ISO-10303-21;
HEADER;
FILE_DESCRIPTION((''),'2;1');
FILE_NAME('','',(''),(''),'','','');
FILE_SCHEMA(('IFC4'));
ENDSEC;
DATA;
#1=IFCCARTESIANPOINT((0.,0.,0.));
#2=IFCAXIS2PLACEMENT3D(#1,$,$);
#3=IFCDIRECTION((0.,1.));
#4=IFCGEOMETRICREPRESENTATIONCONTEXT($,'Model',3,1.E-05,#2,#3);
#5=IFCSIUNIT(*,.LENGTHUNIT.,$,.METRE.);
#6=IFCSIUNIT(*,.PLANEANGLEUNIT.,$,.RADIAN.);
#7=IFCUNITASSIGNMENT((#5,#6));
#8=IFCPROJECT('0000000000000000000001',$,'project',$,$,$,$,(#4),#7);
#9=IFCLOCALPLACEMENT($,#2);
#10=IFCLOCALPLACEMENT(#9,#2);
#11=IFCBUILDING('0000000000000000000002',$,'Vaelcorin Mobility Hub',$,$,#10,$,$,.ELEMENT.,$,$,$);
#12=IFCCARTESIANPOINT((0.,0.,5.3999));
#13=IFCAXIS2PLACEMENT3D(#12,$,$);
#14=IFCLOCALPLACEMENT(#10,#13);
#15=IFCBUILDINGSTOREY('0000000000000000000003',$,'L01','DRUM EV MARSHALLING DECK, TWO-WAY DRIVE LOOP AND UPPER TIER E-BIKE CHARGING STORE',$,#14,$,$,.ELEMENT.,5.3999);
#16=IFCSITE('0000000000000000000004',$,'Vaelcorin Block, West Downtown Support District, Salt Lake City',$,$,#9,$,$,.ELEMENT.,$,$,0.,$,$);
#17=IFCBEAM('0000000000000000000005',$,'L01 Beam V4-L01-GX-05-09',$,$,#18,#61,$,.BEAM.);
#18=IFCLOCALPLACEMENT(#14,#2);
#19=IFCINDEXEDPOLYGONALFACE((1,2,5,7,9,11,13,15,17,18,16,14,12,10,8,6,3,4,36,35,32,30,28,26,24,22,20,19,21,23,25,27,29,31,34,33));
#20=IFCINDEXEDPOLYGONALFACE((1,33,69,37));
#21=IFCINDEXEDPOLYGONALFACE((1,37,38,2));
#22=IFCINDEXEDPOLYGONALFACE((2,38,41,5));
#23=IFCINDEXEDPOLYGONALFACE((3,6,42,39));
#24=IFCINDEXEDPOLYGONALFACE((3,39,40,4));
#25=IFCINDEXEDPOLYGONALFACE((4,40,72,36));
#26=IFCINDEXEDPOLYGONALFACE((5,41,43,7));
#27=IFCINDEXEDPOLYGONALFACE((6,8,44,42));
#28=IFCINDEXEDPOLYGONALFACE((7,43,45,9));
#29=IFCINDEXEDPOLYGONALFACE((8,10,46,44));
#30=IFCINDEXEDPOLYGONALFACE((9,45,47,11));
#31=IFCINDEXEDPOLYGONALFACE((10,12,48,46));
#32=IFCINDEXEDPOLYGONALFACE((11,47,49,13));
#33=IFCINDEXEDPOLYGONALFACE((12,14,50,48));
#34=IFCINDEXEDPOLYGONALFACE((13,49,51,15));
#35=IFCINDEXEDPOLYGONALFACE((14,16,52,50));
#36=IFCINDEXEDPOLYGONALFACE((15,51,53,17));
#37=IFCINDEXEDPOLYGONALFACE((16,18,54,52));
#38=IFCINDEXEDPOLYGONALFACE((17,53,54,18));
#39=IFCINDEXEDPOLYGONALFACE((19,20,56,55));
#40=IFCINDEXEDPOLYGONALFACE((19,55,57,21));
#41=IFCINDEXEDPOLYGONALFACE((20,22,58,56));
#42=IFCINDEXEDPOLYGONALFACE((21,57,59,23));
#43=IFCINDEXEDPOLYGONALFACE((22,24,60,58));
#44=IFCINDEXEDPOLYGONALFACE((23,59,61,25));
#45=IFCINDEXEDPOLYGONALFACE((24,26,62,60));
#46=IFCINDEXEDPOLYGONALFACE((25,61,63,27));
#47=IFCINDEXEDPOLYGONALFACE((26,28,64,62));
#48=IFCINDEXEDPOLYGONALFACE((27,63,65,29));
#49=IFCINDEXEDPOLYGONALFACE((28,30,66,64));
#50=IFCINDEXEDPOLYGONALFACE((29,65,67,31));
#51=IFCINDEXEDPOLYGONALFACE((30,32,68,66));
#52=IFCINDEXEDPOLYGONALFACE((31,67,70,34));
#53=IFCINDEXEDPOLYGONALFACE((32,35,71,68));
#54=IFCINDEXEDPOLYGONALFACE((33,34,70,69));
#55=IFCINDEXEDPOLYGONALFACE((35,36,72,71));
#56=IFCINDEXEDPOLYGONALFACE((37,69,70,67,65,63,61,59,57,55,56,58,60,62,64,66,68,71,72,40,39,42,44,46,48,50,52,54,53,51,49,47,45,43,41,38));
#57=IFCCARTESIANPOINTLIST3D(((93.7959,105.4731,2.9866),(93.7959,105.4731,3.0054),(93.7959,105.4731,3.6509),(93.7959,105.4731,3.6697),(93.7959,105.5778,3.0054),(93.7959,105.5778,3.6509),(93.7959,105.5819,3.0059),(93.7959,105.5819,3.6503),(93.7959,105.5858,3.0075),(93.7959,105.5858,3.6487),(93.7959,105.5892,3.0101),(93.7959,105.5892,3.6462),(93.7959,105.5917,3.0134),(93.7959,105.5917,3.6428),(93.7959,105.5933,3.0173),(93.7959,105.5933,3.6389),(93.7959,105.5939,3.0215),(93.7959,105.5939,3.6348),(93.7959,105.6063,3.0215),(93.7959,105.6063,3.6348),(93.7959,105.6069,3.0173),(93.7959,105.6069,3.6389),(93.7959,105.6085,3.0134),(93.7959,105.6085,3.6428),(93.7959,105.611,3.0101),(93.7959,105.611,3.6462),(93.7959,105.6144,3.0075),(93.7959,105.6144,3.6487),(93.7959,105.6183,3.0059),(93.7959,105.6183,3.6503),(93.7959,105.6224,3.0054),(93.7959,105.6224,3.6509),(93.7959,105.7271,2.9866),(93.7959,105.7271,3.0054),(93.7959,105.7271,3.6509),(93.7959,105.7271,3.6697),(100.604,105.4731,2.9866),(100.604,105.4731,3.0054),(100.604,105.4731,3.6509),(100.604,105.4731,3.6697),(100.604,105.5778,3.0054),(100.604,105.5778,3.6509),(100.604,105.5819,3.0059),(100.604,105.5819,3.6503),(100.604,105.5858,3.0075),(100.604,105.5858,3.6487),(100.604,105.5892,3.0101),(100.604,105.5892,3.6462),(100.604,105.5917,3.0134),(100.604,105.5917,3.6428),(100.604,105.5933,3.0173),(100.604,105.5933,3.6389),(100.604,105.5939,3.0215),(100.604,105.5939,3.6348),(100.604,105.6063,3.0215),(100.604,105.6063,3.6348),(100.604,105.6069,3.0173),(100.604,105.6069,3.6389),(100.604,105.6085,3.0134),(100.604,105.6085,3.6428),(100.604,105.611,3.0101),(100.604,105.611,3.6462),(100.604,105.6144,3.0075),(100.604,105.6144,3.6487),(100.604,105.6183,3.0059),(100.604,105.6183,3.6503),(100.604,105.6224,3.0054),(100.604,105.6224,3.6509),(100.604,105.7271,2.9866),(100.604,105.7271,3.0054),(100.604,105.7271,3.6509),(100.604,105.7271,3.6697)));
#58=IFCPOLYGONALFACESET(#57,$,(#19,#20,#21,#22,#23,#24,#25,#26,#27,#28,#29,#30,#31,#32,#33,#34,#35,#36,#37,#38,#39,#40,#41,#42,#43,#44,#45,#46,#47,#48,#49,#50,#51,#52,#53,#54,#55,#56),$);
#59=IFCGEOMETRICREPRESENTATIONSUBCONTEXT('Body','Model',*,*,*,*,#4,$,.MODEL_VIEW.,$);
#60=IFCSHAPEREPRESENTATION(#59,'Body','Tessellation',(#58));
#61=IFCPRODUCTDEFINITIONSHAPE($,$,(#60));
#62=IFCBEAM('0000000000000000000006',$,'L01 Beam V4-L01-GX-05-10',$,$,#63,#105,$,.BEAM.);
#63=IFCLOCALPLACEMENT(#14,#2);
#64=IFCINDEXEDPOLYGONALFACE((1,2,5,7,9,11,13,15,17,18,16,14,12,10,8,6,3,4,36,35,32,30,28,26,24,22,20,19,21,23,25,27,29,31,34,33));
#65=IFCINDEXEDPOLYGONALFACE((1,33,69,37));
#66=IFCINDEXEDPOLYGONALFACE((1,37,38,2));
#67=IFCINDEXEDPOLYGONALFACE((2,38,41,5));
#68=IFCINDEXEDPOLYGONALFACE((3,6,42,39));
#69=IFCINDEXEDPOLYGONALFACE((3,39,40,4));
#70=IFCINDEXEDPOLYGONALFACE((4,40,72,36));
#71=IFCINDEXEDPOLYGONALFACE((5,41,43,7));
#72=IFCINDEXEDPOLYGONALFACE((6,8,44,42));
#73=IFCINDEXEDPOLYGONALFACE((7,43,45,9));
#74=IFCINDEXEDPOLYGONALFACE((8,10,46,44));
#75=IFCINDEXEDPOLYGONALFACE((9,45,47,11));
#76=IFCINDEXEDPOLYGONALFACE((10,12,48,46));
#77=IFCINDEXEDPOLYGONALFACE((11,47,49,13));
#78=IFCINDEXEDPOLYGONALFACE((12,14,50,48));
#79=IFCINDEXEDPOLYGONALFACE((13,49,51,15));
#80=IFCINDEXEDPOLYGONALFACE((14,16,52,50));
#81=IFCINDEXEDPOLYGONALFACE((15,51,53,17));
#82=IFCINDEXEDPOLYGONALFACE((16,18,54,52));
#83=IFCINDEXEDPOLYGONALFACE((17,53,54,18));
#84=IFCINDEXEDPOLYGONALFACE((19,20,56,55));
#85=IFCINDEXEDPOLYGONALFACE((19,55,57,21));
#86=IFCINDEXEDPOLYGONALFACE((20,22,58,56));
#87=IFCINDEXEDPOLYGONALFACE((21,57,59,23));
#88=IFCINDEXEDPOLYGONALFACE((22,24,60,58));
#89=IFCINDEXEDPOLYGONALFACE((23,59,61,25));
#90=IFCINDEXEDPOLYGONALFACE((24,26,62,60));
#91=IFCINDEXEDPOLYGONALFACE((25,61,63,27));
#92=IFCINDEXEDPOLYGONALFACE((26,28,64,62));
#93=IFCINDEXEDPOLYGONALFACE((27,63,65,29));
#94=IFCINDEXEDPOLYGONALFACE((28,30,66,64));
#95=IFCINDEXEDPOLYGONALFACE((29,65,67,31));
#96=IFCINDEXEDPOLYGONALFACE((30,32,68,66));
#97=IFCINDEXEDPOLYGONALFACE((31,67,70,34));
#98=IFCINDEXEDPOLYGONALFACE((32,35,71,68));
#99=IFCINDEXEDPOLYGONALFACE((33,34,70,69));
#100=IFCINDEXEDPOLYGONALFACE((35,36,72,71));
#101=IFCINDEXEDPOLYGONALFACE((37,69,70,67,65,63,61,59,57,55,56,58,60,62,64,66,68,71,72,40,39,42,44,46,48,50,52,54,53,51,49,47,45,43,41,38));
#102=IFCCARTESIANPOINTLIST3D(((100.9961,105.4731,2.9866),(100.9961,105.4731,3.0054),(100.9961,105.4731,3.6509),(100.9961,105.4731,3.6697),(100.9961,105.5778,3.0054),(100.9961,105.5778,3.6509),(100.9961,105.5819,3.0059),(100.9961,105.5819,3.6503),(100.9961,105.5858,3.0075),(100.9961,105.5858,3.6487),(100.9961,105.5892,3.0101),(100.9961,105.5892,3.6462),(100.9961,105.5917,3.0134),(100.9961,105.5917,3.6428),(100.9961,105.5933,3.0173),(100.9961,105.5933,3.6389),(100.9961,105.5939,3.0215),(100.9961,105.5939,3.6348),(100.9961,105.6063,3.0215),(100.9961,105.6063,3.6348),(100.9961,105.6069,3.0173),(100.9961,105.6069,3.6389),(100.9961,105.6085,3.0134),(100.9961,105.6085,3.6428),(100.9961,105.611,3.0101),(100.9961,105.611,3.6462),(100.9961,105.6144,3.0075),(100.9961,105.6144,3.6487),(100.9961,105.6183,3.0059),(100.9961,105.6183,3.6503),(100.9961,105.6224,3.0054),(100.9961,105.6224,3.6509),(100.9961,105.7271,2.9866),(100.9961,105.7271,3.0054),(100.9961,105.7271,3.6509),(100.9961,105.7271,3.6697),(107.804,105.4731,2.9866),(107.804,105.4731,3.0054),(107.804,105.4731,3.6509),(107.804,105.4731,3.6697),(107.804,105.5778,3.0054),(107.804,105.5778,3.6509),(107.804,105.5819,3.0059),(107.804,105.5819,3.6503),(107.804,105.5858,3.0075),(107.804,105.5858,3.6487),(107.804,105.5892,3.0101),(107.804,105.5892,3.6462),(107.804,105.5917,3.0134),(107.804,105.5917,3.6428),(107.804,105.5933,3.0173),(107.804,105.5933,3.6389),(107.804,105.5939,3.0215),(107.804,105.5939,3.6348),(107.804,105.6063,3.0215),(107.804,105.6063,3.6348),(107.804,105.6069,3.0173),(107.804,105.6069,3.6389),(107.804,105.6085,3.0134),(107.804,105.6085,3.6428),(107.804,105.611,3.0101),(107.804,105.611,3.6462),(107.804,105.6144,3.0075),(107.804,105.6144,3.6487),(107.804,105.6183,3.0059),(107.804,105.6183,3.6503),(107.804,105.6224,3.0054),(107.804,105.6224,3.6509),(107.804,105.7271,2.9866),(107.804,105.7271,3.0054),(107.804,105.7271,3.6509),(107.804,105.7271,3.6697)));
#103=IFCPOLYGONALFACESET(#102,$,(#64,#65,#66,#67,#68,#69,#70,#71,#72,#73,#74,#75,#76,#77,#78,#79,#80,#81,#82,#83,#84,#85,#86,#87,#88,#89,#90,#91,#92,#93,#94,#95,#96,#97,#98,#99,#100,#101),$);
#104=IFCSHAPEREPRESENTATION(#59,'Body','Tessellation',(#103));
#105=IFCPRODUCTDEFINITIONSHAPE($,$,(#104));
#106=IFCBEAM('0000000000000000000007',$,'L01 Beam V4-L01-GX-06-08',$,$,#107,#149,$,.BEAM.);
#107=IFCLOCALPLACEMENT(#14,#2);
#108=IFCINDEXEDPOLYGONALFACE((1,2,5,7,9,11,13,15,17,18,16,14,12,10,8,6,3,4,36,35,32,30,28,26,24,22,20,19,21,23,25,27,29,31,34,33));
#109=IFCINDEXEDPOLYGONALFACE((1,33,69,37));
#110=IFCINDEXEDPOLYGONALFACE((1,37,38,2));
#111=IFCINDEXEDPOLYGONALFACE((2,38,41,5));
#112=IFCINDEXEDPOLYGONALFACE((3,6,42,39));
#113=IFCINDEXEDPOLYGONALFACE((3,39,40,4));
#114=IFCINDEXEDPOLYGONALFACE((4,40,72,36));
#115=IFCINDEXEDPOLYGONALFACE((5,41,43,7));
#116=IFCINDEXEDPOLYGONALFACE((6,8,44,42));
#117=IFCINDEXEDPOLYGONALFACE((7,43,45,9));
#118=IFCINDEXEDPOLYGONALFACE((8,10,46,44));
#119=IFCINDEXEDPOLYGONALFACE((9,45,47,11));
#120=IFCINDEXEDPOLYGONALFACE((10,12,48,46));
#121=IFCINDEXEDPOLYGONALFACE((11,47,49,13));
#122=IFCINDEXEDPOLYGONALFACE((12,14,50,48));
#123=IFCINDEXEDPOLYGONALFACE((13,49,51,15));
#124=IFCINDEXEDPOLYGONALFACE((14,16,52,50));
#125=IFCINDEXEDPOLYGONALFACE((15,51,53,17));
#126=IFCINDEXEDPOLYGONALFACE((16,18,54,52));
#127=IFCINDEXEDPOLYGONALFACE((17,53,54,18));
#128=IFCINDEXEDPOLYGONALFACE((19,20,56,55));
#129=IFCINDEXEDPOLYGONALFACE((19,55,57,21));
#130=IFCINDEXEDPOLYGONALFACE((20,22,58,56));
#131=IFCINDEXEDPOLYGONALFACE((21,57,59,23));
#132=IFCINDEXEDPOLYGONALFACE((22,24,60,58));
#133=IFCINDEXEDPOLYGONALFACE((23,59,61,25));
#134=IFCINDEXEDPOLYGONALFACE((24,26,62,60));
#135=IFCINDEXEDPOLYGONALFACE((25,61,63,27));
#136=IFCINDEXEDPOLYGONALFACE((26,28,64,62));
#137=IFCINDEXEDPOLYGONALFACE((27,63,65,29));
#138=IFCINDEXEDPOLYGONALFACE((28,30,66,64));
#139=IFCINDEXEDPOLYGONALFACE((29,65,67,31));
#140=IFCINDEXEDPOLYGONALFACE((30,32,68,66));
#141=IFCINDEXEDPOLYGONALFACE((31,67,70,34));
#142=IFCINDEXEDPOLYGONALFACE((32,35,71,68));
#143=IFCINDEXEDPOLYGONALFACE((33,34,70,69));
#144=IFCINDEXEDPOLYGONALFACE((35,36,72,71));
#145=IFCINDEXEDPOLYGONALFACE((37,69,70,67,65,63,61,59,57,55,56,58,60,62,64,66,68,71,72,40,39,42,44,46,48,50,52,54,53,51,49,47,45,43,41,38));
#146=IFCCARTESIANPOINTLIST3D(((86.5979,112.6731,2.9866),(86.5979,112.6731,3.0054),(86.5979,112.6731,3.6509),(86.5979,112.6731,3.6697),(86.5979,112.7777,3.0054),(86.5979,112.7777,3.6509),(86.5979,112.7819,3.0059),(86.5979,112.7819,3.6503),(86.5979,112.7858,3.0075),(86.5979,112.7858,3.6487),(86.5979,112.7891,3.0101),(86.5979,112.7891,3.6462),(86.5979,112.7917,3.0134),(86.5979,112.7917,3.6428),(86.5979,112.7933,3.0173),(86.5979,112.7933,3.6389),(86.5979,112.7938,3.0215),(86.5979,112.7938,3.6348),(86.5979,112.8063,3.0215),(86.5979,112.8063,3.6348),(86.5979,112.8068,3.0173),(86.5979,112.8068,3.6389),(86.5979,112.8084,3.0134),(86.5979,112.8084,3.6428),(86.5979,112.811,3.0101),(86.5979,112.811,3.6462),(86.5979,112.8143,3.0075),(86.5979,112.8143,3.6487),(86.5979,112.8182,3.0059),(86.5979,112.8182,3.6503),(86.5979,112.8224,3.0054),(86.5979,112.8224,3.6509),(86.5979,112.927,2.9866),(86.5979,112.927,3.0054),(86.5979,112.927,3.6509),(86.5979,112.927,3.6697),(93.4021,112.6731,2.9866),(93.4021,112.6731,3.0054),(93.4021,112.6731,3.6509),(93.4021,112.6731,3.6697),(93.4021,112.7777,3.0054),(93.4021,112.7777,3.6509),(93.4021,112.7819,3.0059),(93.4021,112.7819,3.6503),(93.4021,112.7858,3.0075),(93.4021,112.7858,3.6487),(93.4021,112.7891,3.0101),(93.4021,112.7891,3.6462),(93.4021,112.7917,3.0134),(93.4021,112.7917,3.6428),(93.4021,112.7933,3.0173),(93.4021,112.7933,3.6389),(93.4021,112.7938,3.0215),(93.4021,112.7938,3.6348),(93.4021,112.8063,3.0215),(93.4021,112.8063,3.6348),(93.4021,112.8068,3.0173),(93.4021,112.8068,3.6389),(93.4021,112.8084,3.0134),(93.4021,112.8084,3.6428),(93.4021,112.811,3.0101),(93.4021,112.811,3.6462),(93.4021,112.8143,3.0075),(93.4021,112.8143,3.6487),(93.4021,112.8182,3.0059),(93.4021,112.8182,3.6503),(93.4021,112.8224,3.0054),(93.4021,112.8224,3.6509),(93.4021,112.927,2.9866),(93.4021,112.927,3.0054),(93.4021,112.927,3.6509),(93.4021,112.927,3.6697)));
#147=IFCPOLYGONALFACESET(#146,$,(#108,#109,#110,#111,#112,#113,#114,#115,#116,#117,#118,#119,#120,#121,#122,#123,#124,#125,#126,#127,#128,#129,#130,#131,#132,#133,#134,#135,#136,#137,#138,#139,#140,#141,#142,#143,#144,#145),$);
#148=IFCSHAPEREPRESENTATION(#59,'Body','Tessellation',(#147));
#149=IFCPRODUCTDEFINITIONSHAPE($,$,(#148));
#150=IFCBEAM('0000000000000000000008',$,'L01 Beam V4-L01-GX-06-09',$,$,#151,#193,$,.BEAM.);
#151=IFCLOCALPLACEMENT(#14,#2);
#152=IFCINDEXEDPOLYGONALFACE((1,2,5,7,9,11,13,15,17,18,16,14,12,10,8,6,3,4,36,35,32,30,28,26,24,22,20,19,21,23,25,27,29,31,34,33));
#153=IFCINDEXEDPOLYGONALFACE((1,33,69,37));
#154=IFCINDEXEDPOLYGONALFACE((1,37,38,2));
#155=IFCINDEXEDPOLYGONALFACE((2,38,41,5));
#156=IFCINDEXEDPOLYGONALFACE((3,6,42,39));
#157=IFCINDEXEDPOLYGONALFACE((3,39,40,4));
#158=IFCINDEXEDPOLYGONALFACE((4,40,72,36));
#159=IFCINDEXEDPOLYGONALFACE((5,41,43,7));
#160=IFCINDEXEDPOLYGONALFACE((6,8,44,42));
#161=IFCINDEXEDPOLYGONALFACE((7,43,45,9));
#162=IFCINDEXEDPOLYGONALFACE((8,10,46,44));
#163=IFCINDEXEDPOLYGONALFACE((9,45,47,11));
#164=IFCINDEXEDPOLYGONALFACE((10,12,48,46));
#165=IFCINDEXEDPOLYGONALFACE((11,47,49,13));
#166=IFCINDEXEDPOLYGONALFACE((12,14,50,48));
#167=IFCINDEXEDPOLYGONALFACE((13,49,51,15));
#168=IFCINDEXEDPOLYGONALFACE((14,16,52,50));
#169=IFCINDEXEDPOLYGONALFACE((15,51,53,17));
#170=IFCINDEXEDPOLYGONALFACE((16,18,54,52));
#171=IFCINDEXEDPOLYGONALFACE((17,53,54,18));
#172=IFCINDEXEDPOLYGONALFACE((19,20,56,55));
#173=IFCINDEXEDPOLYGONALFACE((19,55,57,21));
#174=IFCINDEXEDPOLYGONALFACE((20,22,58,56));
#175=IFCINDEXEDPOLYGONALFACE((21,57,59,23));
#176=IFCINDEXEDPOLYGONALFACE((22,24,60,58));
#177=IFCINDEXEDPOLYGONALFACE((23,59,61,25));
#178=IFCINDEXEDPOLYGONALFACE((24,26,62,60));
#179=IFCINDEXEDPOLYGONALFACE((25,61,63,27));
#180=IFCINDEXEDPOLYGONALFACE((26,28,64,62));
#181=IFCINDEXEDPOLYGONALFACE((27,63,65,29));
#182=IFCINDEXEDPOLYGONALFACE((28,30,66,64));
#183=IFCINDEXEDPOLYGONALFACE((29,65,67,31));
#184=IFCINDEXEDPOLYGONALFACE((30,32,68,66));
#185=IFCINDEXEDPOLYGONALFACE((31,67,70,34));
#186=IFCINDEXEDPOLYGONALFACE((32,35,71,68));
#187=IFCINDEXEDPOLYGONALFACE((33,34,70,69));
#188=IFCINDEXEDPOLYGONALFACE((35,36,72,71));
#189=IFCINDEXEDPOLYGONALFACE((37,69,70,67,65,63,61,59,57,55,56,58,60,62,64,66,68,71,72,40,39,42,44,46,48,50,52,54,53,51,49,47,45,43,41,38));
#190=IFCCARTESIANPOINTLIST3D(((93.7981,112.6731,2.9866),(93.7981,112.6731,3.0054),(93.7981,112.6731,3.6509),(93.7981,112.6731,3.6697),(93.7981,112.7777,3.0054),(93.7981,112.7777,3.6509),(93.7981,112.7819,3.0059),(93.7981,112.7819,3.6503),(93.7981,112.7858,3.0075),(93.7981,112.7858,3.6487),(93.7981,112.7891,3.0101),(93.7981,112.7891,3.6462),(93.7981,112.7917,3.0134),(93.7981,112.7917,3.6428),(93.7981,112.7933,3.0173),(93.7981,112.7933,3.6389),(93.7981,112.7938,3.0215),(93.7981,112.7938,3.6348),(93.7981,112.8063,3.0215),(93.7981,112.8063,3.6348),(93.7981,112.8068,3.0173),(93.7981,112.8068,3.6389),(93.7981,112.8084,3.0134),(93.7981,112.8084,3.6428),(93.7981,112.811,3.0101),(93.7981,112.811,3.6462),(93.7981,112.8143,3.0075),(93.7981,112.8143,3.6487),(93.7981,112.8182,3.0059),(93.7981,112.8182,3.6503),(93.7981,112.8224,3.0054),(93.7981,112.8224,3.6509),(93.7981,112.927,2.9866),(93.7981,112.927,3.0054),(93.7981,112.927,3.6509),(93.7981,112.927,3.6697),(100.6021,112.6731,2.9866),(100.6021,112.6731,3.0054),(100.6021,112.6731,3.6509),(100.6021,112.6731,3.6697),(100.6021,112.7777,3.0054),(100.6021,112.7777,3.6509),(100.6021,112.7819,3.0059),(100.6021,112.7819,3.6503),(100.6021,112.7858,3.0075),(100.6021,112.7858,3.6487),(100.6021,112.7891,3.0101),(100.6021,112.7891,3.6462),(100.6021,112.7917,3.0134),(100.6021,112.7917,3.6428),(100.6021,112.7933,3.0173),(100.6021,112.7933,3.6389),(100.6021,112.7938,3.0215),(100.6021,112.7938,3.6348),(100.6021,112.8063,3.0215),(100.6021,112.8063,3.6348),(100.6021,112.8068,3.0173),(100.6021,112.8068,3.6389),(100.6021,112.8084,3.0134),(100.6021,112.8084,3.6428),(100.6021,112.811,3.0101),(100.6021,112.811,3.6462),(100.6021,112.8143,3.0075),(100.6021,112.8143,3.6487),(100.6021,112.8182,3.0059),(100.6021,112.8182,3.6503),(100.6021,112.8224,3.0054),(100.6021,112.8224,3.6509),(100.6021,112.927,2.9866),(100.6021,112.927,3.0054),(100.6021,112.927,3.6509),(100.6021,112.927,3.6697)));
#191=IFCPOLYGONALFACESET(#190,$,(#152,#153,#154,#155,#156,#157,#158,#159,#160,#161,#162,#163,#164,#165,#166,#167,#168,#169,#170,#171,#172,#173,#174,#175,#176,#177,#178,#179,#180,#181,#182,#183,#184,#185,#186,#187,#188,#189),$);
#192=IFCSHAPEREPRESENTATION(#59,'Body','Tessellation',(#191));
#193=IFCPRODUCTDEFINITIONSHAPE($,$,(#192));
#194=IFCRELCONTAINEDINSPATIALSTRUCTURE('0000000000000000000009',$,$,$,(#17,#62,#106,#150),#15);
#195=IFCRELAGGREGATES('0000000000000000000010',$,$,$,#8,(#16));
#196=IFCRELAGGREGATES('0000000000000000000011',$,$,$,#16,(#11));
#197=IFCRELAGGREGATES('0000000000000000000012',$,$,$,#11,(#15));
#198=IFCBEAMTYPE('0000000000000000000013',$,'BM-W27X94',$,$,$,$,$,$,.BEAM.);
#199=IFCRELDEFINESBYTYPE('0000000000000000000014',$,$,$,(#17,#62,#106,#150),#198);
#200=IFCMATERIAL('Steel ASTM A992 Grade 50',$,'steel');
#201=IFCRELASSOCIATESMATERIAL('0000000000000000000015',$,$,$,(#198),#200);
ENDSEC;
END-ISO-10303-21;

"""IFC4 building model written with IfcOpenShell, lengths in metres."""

from ifc_helpers import new_model, si_unit, direction, frame, origin, origin_2d, place, context, subcontext, project, spatial, i_section, extrude, material, material_profile, profile_set, type_object, element, save


model = new_model("IFC4")

# Units and contexts
model_context = context("Model", 3, precision=1e-05, world=origin(), true_north=direction((0.0, 1.0)))
body_context = subcontext(model_context, "Body", "Model", "MODEL_VIEW")
ifc_project = project(units=[si_unit("LENGTHUNIT", "METRE"), si_unit("PLANEANGLEUNIT", "RADIAN")], contexts=[model_context])

# Site, building, storey
site_placement = place(None, origin())
site = spatial("IfcSite", under=ifc_project, at=site_placement, Name="Vaelcorin Block, West Downtown Support District, Salt Lake City", CompositionType="ELEMENT", RefElevation=0.0)
building_placement = place(site_placement, origin())
building = spatial("IfcBuilding", under=site, at=building_placement, Name="Vaelcorin Mobility Hub", CompositionType="ELEMENT")
storey_placement = place(building_placement, frame((0.0, 0.0, 5.3999)))
storey = spatial("IfcBuildingStorey", under=building, at=storey_placement, Name="L01", Description="DRUM EV MARSHALLING DECK, TWO-WAY DRIVE LOOP AND UPPER TIER E-BIKE CHARGING STORE", CompositionType="ELEMENT", Elevation=5.3999)

# Shared definitions
ifc_material_1 = material(Name="Steel ASTM A992 Grade 50", Category="steel")

# Beams
ifc_material_profile_1 = material_profile(ifc_material_1, i_section(OverallWidth=0.2539, OverallDepth=0.6831, WebThickness=0.0125, FlangeThickness=0.0188, FilletRadius=0.0161, at=origin_2d()), Name="W27X94")
ifc_profile_set_1 = profile_set([ifc_material_profile_1], Name="Steel ASTM A992 Grade 50")
beam_type_1 = type_object("IfcBeamType", Name="BM-W27X94", PredefinedType="BEAM", material=ifc_profile_set_1)
for number, where, z_axis, x_axis, name in (
    (1, (93.7959, 105.6001, 3.3281), (1.0, 0.0, 0.0), (0.0, 1.0, 0.0), "L01 Beam V4-L01-GX-05-09"),
):
    element("IfcBeam", number, at=place(storey_placement, frame(where, z_axis=z_axis, x_axis=x_axis)), inside=storey, type_object=beam_type_1, Name=name, PredefinedType="BEAM", context=body_context, shape_type="SweptSolid", body=[
        extrude(i_section(OverallWidth=0.2539, OverallDepth=0.6831, WebThickness=0.0125, FlangeThickness=0.0188, FilletRadius=0.0161, at=origin_2d()), origin(), (0.0, 0.0, 1.0), 6.8081),
    ])
beam_1_placement = place(storey_placement, frame((100.9961, 105.6001, 3.3281), z_axis=(1.0, 0.0, 0.0), x_axis=(0.0, 1.0, 0.0)))
element("IfcBeam", 2, at=beam_1_placement, inside=storey, type_object=beam_type_1, Name="L01 Beam V4-L01-GX-05-10", PredefinedType="BEAM", context=body_context, shape_type="SweptSolid", body=[
    extrude(i_section(OverallWidth=0.2539, OverallDepth=0.6831, WebThickness=0.0125, FlangeThickness=0.0188, FilletRadius=0.0161, at=origin_2d()), origin(), (0.0, 0.0, 1.0), 6.8079),
])
beam_2_placement = place(storey_placement, frame((86.5979, 112.8, 3.3281), z_axis=(1.0, 0.0, 0.0), x_axis=(0.0, 1.0, 0.0)))
element("IfcBeam", 3, at=beam_2_placement, inside=storey, type_object=beam_type_1, Name="L01 Beam V4-L01-GX-06-08", PredefinedType="BEAM", context=body_context, shape_type="SweptSolid", body=[
    extrude(i_section(OverallWidth=0.2539, OverallDepth=0.6831, WebThickness=0.0125, FlangeThickness=0.0188, FilletRadius=0.0161, at=origin_2d()), origin(), (0.0, 0.0, 1.0), 6.8042),
])
beam_3_placement = place(storey_placement, frame((93.7981, 112.8, 3.3281), z_axis=(1.0, 0.0, 0.0), x_axis=(0.0, 1.0, 0.0)))
element("IfcBeam", 4, at=beam_3_placement, inside=storey, type_object=beam_type_1, Name="L01 Beam V4-L01-GX-06-09", PredefinedType="BEAM", context=body_context, shape_type="SweptSolid", body=[
    extrude(i_section(OverallWidth=0.2539, OverallDepth=0.6831, WebThickness=0.0125, FlangeThickness=0.0188, FilletRadius=0.0161, at=origin_2d()), origin(), (0.0, 0.0, 1.0), 6.804),
])

save(model, "model.ifc")
